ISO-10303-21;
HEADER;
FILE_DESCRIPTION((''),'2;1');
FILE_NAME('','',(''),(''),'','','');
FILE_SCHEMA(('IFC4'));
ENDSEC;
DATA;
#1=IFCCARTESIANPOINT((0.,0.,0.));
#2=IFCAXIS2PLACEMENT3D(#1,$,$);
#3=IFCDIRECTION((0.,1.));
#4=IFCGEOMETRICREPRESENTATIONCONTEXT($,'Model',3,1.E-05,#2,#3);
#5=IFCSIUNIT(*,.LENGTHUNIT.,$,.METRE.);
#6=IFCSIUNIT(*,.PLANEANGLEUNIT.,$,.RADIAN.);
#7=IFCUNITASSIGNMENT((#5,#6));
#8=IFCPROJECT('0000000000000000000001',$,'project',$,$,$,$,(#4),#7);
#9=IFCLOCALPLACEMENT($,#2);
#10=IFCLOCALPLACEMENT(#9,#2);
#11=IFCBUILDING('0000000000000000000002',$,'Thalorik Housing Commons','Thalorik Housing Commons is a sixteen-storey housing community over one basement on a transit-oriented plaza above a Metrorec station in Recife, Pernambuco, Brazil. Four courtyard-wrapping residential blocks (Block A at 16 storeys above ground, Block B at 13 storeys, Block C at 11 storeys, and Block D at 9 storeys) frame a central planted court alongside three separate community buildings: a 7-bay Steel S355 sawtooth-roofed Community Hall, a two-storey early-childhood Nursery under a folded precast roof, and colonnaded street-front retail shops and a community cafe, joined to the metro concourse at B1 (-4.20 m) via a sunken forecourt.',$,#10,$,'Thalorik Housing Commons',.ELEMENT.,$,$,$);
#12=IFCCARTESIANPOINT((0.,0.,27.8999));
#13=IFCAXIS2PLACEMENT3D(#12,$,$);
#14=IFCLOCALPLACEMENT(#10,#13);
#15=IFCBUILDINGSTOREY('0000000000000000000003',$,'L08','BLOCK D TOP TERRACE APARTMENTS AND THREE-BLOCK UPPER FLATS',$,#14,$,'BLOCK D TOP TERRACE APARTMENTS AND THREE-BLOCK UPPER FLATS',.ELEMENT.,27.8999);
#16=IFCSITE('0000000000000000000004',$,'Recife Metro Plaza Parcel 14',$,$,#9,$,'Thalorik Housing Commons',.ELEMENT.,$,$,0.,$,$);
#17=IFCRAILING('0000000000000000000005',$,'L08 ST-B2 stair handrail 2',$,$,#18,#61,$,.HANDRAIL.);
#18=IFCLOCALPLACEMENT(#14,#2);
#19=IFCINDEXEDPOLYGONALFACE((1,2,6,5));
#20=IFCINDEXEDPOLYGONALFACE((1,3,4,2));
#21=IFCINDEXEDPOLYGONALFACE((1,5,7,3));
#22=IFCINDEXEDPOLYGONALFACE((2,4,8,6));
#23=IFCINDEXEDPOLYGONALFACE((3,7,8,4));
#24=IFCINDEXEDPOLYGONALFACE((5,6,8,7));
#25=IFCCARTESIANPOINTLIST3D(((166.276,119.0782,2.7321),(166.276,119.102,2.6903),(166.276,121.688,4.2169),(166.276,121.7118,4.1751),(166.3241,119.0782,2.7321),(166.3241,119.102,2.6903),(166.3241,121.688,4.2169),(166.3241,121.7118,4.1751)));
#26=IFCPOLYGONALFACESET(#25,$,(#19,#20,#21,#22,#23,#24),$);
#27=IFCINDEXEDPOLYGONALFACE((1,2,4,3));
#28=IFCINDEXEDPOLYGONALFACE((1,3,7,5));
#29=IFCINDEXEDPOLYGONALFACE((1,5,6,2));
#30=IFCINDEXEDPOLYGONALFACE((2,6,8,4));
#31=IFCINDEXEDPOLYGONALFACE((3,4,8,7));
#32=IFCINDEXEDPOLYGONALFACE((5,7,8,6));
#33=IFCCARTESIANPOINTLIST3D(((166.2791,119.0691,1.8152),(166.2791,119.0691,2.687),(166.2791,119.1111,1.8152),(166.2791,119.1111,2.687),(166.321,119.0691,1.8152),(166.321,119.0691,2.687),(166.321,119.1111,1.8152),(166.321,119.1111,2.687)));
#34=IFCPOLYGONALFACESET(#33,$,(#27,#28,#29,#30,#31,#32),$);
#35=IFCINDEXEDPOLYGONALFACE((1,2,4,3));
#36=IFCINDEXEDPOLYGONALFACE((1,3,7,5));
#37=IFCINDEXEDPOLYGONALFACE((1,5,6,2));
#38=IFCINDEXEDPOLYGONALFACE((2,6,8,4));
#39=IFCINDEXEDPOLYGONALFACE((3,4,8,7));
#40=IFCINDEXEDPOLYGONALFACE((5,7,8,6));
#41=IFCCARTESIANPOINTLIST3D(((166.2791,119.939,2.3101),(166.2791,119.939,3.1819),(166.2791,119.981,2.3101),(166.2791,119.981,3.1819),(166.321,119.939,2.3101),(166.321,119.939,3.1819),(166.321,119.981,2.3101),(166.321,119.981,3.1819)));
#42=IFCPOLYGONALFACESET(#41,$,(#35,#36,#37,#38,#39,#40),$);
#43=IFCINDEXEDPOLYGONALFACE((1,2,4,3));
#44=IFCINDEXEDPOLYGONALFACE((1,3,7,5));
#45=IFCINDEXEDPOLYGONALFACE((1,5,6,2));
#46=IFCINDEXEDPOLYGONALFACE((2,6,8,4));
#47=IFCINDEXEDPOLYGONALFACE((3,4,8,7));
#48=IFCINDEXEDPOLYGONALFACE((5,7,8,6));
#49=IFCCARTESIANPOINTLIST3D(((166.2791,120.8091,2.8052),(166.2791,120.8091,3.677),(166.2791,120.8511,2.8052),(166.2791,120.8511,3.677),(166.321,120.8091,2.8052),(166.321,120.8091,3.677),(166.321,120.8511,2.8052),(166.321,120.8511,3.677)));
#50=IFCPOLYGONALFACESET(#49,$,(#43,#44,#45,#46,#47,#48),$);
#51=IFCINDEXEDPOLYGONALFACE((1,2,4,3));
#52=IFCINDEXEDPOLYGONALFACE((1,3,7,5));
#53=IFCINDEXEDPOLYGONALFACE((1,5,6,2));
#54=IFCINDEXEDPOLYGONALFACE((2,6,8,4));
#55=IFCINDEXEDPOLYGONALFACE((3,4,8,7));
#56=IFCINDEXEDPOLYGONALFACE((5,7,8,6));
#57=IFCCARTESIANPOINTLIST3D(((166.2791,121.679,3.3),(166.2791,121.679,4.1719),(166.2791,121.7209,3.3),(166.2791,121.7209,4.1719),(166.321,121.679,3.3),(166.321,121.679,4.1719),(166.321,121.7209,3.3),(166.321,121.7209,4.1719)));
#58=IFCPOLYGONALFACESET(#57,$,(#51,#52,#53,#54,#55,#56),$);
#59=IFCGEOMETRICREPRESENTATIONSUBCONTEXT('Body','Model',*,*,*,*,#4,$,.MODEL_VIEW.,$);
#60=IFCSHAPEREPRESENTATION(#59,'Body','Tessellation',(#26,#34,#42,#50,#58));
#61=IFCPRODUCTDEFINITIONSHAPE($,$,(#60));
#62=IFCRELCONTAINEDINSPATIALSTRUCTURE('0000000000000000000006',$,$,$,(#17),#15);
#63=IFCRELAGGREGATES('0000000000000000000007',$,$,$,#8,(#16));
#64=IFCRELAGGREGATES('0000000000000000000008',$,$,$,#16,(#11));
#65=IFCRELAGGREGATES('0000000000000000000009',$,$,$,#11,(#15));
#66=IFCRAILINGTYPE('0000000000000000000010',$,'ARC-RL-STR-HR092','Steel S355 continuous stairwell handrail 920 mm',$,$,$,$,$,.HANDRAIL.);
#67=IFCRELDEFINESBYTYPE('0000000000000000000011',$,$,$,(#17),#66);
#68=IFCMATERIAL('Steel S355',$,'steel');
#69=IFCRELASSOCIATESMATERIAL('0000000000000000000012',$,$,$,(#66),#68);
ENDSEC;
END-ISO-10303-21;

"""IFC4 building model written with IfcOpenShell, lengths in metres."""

from ifc_helpers import new_model, si_unit, direction, frame, origin, origin_2d, place, context, subcontext, project, spatial, rectangle, extrude, material, type_object, element, save


model = new_model("IFC4")

# Units and contexts
model_context = context("Model", 3, precision=1e-05, world=origin(), true_north=direction((0.0, 1.0)))
body_context = subcontext(model_context, "Body", "Model", "MODEL_VIEW")
ifc_project = project(units=[si_unit("LENGTHUNIT", "METRE"), si_unit("PLANEANGLEUNIT", "RADIAN")], contexts=[model_context])

# Site, building, storey
site_placement = place(None, origin())
site = spatial("IfcSite", under=ifc_project, at=site_placement, Name="Recife Metro Plaza Parcel 14", LongName="Thalorik Housing Commons", CompositionType="ELEMENT", RefElevation=0.0)
building_placement = place(site_placement, origin())
building = spatial("IfcBuilding", under=site, at=building_placement, Name="Thalorik Housing Commons", Description="Thalorik Housing Commons is a sixteen-storey housing community over one basement on a transit-oriented plaza above a Metrorec station in Recife, Pernambuco, Brazil. Four courtyard-wrapping residential blocks (Block A at 16 storeys above ground, Block B at 13 storeys, Block C at 11 storeys, and Block D at 9 storeys) frame a central planted court alongside three separate community buildings: a 7-bay Steel S355 sawtooth-roofed Community Hall, a two-storey early-childhood Nursery under a folded precast roof, and colonnaded street-front retail shops and a community cafe, joined to the metro concourse at B1 (-4.20 m) via a sunken forecourt.", LongName="Thalorik Housing Commons", CompositionType="ELEMENT")
storey_placement = place(building_placement, frame((0.0, 0.0, 27.8999)))
storey = spatial("IfcBuildingStorey", under=building, at=storey_placement, Name="L08", Description="BLOCK D TOP TERRACE APARTMENTS AND THREE-BLOCK UPPER FLATS", LongName="BLOCK D TOP TERRACE APARTMENTS AND THREE-BLOCK UPPER FLATS", CompositionType="ELEMENT", Elevation=27.8999)

# Shared definitions
ifc_material_1 = material(Name="Steel S355", Category="steel")

# Railing
railing_type_1 = type_object("IfcRailingType", Name="ARC-RL-STR-HR092", Description="Steel S355 continuous stairwell handrail 920 mm", PredefinedType="HANDRAIL", material=ifc_material_1)
railing_1_placement = place(storey_placement, frame((166.3, 119.0901, 1.8152)))
element("IfcRailing", 1, at=railing_1_placement, inside=storey, type_object=railing_type_1, Name="L08 ST-B2 stair handrail 2", PredefinedType="HANDRAIL", context=body_context, shape_type="SweptSolid", body=[
    extrude(rectangle(XDim=0.0481, YDim=0.0481, at=origin_2d()), frame((0.0, 0.0, 0.896), z_axis=(0.0, 0.869172, 0.494509), x_axis=(-1.0, 0.0, 0.0)), (0.0, 0.0, 1.0), 3.0027),
    extrude(rectangle(XDim=0.042, YDim=0.042, at=origin_2d()), origin(), (0.0, 0.0, 1.0), 0.8718),
    extrude(rectangle(XDim=0.042, YDim=0.042, at=origin_2d()), frame((0.0, 0.8699, 0.4949)), (0.0, 0.0, 1.0), 0.8718),
    extrude(rectangle(XDim=0.042, YDim=0.042, at=origin_2d()), frame((0.0, 1.74, 0.99)), (0.0, 0.0, 1.0), 0.8718),
    extrude(rectangle(XDim=0.042, YDim=0.042, at=origin_2d()), frame((0.0, 2.6099, 1.4849)), (0.0, 0.0, 1.0), 0.8718),
])

save(model, "model.ifc")
